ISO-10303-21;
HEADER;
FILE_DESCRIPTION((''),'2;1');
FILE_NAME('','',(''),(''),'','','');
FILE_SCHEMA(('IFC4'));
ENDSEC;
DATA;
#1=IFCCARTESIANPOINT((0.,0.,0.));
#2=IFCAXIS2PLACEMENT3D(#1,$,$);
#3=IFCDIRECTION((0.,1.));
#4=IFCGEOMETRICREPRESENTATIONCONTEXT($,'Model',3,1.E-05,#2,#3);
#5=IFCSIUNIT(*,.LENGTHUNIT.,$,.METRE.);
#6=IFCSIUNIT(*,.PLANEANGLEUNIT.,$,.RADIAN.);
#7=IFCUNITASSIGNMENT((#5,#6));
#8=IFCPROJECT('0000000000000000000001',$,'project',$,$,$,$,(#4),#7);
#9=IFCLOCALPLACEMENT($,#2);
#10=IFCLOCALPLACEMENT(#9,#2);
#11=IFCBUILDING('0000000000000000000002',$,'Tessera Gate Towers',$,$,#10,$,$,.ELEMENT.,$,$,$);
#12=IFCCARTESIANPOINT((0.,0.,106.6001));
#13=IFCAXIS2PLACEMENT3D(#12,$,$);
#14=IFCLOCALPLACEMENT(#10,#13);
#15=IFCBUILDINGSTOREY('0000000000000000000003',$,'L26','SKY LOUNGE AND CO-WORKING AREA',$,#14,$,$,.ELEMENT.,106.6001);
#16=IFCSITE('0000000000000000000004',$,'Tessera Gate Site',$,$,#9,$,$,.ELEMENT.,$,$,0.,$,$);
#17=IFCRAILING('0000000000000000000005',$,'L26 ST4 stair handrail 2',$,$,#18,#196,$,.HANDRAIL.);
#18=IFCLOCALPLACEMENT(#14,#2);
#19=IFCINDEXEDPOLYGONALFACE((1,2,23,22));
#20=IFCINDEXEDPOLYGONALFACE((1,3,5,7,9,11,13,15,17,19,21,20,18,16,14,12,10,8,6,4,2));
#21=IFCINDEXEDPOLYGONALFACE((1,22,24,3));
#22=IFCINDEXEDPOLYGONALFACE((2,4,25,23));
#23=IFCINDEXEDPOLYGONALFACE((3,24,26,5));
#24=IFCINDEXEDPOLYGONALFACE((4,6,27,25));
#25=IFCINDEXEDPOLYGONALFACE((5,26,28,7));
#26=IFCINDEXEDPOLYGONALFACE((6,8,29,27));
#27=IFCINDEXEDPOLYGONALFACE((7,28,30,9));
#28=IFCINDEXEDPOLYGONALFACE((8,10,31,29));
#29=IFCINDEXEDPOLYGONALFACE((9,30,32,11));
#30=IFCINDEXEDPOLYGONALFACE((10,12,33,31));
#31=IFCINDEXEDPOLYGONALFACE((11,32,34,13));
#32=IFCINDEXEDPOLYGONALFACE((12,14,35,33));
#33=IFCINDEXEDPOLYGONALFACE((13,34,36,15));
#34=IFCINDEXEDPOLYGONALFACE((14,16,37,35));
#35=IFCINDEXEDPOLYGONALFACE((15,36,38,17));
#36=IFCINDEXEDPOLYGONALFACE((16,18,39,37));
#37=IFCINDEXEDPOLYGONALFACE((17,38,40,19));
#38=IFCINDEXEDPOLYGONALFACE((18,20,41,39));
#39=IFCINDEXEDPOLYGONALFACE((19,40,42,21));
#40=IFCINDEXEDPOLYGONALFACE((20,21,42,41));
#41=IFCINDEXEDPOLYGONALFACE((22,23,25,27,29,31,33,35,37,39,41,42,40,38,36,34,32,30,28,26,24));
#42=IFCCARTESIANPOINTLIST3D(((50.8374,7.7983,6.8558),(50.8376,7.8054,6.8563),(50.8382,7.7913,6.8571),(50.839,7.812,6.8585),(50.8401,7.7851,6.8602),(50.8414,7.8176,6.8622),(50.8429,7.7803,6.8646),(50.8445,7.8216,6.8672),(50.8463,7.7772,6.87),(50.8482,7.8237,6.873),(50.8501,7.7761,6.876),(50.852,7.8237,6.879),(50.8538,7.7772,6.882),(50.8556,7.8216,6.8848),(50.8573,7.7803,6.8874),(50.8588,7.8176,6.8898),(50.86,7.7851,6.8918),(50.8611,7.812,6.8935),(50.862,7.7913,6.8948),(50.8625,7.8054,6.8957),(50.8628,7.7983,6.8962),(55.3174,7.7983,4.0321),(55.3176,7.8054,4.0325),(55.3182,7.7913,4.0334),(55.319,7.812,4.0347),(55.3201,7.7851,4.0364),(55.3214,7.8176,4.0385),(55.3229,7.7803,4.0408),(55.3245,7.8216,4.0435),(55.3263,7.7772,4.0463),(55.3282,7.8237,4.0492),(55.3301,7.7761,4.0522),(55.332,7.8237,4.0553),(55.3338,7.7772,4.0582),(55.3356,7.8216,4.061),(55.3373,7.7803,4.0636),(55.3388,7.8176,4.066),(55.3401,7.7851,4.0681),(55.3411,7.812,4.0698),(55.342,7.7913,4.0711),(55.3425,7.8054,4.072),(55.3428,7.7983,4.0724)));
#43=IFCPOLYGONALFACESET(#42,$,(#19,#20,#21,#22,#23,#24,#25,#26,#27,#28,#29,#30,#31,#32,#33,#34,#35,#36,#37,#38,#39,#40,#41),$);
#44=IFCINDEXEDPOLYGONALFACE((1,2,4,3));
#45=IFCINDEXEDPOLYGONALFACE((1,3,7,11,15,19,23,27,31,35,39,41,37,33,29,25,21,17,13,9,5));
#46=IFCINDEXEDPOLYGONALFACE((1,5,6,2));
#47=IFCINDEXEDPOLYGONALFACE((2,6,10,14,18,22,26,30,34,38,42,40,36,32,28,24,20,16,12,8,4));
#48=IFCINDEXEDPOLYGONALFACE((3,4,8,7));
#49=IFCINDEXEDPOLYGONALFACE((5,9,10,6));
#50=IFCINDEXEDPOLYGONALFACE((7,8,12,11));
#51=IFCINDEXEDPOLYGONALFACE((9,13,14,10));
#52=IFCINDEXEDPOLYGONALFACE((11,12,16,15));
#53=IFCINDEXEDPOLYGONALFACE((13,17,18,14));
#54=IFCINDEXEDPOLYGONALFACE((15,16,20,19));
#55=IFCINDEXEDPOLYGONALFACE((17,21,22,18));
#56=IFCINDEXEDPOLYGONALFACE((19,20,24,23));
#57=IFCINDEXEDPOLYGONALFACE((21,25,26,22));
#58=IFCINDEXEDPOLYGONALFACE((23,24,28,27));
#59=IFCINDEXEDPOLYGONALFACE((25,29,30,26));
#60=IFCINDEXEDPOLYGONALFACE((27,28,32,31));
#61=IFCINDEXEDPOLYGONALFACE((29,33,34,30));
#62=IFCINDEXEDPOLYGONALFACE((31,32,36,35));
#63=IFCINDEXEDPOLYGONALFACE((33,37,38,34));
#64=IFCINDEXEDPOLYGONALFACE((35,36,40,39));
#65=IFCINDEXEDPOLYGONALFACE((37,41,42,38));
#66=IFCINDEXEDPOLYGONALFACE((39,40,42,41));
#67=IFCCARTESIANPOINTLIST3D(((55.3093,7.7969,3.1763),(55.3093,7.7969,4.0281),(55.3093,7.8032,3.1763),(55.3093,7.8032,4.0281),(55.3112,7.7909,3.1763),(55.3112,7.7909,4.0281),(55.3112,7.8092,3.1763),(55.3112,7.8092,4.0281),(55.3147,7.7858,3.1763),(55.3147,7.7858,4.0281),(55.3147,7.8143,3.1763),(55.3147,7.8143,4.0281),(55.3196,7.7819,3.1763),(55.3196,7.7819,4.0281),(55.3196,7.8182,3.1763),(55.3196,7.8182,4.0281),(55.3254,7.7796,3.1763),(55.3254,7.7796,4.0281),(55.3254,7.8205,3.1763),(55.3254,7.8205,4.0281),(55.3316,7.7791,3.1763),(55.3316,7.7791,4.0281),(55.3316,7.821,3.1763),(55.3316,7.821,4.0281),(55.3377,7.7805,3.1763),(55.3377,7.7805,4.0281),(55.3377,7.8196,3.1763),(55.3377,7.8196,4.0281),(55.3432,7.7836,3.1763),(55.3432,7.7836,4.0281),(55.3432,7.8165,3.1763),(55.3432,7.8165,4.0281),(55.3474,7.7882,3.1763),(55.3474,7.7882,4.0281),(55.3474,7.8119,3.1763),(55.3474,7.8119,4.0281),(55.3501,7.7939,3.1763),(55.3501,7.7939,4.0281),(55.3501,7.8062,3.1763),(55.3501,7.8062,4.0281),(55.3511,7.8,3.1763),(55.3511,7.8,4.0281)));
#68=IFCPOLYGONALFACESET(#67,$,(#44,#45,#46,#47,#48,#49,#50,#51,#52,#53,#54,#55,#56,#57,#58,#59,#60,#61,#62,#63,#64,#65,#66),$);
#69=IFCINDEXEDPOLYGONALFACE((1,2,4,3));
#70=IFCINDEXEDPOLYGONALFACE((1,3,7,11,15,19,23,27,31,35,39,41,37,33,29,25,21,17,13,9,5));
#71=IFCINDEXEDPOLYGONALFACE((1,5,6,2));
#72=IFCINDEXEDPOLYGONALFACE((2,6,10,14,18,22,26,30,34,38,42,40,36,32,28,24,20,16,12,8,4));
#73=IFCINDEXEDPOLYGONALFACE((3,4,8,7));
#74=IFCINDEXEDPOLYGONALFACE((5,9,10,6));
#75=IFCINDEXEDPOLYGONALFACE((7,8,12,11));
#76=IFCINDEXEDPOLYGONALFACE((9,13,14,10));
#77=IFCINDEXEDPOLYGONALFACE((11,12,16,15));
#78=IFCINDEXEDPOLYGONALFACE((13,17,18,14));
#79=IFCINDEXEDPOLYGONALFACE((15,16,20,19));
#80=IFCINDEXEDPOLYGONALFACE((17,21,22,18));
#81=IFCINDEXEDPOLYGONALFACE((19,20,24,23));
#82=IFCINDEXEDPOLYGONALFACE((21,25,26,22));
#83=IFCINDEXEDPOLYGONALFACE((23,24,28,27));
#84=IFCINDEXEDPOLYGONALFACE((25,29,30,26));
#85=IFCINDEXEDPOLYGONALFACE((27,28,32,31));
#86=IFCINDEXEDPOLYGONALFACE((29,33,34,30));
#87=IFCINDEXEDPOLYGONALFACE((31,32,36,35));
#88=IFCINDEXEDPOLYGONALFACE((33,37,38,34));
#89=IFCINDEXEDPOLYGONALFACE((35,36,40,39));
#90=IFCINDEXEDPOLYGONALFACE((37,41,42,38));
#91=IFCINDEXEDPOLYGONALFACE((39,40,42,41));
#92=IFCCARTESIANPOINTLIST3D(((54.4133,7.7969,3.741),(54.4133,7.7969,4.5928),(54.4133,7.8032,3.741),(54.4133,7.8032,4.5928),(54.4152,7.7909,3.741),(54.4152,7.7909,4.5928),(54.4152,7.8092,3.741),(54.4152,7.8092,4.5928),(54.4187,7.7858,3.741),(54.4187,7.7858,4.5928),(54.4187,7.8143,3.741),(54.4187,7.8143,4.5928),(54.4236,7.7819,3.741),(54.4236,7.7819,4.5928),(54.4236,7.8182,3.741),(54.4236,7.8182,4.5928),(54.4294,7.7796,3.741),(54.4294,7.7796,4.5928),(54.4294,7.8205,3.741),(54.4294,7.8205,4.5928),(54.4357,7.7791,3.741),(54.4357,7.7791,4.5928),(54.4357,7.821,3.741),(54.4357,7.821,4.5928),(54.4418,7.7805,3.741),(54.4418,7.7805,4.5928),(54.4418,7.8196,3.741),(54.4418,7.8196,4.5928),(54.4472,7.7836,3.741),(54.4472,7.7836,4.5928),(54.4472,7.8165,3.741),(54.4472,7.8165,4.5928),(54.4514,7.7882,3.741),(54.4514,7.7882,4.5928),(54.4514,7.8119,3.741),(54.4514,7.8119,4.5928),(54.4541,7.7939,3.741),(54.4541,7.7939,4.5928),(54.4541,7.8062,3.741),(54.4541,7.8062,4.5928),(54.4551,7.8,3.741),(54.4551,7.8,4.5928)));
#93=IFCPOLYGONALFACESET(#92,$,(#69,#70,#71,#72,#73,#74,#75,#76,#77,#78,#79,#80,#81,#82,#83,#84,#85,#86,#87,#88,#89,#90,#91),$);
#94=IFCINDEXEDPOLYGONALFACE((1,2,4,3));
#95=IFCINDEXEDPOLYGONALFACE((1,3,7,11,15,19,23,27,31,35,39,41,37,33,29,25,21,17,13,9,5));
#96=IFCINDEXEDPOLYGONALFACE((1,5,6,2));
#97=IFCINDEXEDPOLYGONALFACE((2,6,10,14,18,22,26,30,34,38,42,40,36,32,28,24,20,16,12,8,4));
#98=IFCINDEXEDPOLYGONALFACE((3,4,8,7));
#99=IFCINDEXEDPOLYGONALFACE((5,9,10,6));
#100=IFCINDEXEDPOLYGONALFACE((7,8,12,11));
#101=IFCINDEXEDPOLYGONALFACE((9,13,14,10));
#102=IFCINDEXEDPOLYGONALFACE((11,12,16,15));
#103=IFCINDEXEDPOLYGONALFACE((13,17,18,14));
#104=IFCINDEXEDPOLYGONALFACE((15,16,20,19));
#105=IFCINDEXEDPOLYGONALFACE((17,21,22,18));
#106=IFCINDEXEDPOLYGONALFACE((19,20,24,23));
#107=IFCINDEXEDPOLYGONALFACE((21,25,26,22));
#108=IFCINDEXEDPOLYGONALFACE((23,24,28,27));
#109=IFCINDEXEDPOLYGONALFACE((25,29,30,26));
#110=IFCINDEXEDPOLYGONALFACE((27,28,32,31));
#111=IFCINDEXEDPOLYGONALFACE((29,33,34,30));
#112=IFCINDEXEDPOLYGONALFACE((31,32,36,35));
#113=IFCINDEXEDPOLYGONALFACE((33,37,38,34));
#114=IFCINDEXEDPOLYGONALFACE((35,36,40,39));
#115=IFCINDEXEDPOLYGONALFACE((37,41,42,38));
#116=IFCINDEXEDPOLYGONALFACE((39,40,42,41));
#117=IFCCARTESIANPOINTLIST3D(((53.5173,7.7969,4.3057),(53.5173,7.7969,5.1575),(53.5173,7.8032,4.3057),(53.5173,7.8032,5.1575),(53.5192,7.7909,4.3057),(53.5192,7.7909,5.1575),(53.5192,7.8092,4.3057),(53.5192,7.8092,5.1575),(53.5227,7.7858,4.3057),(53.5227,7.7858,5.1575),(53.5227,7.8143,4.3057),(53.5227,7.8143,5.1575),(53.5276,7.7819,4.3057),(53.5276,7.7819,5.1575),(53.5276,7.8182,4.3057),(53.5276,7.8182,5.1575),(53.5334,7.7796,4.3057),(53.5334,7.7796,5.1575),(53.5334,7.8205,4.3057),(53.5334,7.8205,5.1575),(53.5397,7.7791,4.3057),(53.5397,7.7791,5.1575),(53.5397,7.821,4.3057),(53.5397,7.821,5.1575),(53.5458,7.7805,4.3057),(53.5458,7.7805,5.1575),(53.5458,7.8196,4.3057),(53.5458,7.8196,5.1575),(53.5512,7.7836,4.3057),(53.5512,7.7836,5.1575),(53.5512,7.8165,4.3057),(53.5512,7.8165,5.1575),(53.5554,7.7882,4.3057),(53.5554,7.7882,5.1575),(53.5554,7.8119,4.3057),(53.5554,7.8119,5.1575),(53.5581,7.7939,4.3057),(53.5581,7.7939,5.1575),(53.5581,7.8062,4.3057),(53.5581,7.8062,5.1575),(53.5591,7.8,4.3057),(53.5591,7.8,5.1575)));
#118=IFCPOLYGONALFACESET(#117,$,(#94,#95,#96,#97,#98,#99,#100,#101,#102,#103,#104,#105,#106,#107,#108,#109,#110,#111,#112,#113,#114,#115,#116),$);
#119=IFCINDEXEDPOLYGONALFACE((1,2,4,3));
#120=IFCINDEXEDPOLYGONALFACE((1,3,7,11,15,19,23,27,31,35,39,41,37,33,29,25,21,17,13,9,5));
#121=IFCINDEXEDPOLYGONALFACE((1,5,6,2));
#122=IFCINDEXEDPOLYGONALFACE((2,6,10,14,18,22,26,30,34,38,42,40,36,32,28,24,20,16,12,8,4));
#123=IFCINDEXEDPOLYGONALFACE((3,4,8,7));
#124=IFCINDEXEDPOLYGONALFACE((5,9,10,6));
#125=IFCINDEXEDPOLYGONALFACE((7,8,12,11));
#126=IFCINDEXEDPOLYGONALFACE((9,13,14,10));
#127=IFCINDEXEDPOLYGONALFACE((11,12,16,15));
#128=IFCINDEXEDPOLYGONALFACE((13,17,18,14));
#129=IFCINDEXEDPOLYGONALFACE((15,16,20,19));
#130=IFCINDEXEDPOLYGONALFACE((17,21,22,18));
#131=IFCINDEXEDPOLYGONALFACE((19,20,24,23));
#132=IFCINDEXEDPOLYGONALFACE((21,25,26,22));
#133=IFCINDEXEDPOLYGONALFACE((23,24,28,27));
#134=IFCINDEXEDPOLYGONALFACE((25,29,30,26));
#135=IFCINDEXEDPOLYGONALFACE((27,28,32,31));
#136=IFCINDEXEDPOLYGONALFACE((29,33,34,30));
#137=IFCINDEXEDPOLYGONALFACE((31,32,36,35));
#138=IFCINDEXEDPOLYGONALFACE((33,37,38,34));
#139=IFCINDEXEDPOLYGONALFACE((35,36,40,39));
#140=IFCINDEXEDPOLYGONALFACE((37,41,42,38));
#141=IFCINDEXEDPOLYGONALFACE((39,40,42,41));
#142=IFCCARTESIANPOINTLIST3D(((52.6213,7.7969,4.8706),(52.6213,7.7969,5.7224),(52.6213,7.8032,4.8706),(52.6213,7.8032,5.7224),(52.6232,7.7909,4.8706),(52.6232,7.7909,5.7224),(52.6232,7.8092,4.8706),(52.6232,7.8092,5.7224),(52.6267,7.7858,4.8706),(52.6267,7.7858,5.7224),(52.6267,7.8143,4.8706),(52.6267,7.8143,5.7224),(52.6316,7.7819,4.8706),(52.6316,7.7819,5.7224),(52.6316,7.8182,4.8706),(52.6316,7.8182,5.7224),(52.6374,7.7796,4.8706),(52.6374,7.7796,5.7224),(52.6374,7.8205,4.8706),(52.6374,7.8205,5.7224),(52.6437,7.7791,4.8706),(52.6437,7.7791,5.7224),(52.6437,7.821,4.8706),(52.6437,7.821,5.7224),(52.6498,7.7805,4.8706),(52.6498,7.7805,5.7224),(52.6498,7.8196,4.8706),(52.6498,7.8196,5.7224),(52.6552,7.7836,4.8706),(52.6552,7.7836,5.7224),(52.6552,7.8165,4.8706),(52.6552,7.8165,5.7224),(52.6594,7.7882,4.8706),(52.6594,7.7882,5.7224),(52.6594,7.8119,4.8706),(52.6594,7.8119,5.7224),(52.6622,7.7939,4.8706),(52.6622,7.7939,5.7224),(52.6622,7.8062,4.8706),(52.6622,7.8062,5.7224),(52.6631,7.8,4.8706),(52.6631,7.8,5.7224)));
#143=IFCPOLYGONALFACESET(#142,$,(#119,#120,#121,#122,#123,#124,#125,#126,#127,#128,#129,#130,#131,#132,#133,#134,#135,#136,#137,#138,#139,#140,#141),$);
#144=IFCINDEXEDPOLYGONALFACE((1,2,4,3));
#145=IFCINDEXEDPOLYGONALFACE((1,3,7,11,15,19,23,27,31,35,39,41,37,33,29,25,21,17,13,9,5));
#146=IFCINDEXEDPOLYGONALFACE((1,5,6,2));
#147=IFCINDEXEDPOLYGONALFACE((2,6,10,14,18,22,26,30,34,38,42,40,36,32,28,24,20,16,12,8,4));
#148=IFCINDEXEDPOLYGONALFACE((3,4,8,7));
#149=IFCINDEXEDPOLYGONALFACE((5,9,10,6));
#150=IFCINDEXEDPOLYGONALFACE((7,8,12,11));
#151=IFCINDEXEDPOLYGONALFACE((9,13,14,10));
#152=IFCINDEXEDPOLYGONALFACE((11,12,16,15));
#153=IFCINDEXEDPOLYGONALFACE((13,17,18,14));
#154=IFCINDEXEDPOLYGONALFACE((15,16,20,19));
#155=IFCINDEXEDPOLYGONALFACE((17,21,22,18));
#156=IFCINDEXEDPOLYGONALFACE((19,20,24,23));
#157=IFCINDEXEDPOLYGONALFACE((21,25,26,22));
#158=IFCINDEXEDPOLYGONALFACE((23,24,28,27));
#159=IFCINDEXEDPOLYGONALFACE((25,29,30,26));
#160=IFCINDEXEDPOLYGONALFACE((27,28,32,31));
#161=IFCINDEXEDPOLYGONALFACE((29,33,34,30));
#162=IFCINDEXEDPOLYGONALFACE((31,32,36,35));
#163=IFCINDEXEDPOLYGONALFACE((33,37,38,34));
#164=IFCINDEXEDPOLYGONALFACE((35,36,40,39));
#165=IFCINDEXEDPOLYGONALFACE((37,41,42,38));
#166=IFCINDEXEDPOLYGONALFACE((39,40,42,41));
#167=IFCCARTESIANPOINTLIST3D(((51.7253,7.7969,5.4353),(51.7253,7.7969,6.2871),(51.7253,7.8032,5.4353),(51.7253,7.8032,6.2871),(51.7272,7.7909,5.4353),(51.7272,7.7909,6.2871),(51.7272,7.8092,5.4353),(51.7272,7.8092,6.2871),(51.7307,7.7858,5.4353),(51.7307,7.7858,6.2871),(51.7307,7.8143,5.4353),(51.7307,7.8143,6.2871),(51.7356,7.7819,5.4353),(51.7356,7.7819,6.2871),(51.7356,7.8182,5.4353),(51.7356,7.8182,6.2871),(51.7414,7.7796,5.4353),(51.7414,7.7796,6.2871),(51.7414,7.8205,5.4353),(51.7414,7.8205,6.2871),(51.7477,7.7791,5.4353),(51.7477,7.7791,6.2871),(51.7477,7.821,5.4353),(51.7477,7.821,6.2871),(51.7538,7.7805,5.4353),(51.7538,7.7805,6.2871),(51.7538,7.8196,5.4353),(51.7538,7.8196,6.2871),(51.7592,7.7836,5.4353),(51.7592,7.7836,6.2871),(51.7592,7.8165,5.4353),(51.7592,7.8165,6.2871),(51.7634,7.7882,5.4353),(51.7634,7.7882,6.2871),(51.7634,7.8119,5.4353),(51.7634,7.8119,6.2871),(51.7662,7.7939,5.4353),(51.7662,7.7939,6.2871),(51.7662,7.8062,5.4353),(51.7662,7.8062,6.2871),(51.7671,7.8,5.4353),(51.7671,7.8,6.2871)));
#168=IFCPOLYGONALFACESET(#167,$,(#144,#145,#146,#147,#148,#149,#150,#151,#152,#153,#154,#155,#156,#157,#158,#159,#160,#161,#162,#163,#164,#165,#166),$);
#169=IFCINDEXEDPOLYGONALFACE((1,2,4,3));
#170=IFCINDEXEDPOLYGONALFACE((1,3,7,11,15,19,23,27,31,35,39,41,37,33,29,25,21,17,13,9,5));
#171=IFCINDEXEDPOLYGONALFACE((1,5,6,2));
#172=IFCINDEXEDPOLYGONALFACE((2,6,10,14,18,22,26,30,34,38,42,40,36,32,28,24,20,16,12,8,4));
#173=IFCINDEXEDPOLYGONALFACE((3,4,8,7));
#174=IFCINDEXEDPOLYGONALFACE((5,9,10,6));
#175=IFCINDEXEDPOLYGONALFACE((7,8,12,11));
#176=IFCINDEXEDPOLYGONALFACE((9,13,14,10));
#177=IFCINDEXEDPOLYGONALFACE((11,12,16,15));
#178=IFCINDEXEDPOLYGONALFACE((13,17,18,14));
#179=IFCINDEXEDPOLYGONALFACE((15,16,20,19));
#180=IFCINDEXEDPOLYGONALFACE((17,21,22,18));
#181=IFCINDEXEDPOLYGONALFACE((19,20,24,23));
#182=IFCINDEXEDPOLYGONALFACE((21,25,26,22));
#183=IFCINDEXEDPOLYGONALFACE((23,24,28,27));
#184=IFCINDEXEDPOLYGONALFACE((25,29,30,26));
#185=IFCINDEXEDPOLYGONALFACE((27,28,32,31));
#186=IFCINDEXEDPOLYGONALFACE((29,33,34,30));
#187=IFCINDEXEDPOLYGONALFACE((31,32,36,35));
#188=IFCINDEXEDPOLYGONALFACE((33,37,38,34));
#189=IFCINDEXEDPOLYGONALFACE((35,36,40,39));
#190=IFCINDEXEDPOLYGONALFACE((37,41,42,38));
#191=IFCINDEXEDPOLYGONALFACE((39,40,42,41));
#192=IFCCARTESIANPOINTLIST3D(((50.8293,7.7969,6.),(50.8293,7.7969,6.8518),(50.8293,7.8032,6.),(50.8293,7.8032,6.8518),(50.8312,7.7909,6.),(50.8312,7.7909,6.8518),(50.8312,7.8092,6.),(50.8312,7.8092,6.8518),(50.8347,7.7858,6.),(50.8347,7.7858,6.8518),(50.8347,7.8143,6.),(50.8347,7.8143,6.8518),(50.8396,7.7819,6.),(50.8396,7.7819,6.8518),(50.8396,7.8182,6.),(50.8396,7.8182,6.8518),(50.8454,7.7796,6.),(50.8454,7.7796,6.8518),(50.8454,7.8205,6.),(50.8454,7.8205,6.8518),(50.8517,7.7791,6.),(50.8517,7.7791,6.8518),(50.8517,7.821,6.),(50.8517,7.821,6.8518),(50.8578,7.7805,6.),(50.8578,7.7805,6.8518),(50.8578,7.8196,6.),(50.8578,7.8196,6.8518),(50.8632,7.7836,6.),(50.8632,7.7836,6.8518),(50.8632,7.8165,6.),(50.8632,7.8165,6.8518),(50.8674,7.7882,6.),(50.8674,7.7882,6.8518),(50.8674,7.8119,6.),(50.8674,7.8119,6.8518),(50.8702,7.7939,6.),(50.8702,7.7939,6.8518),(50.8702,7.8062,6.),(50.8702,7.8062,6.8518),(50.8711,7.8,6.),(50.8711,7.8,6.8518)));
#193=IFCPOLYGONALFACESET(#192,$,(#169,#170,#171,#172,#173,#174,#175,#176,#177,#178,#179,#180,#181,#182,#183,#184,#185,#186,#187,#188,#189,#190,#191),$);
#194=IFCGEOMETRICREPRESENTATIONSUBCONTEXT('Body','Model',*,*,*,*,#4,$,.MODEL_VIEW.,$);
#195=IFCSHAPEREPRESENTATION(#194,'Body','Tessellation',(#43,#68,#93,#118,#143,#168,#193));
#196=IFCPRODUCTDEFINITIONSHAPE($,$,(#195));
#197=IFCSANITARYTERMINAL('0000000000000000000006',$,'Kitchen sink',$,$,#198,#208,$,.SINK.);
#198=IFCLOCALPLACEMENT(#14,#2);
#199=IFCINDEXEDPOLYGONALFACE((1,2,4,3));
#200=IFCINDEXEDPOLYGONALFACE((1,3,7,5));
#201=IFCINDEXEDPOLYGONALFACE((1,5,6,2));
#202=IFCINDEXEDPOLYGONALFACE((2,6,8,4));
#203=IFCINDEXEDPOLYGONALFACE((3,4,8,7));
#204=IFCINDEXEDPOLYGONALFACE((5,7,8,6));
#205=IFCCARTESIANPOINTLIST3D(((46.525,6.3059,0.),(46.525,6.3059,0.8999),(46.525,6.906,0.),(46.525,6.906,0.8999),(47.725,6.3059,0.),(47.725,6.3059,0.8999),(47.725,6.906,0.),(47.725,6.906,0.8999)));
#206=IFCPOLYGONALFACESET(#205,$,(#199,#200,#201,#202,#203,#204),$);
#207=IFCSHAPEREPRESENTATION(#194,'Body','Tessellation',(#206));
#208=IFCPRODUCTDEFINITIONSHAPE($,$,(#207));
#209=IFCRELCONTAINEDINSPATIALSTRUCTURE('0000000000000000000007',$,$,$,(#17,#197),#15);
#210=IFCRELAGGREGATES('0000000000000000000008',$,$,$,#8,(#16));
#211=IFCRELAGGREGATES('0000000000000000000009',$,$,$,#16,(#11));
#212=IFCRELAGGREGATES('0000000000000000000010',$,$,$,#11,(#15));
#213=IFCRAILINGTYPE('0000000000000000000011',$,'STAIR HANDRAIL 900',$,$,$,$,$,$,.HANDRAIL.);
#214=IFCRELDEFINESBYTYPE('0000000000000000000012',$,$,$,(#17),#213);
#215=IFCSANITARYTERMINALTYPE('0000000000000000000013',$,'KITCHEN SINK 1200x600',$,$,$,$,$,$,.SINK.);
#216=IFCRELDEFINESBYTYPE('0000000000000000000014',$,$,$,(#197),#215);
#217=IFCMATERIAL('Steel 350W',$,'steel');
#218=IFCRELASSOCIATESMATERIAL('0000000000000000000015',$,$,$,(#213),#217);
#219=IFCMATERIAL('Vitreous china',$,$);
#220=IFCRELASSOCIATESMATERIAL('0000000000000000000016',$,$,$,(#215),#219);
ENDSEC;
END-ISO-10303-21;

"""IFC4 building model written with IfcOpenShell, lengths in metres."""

from ifc_helpers import new_model, si_unit, direction, frame, origin, origin_2d, place, context, subcontext, project, spatial, rectangle, circle, extrude, material, type_object, element, save


model = new_model("IFC4")

# Units and contexts
model_context = context("Model", 3, precision=1e-05, world=origin(), true_north=direction((0.0, 1.0)))
body_context = subcontext(model_context, "Body", "Model", "MODEL_VIEW")
ifc_project = project(units=[si_unit("LENGTHUNIT", "METRE"), si_unit("PLANEANGLEUNIT", "RADIAN")], contexts=[model_context])

# Site, building, storey
site_placement = place(None, origin())
site = spatial("IfcSite", under=ifc_project, at=site_placement, Name="Tessera Gate Site", CompositionType="ELEMENT", RefElevation=0.0)
building_placement = place(site_placement, origin())
building = spatial("IfcBuilding", under=site, at=building_placement, Name="Tessera Gate Towers", CompositionType="ELEMENT")
storey_placement = place(building_placement, frame((0.0, 0.0, 106.6001)))
storey = spatial("IfcBuildingStorey", under=building, at=storey_placement, Name="L26", Description="SKY LOUNGE AND CO-WORKING AREA", CompositionType="ELEMENT", Elevation=106.6001)

# Railing
ifc_material_1 = material(Name="Steel 350W", Category="steel")
railing_type = type_object("IfcRailingType", Name="STAIR HANDRAIL 900", PredefinedType="HANDRAIL", material=ifc_material_1)
railing_placement = place(storey_placement, frame((55.3301, 7.8, 3.1763)))
element("IfcRailing", 1, at=railing_placement, inside=storey, type_object=railing_type, Name="L26 ST4 stair handrail 2", PredefinedType="HANDRAIL", context=body_context, shape_type="SweptSolid", body=[
    extrude(circle(Radius=0.0239, at=origin_2d()), frame((0.0, 0.0, 0.876), z_axis=(-0.845977, 0.0, 0.533219), x_axis=(0.0, -1.0, 0.0)), (0.0, 0.0, 1.0), 5.2957),
    extrude(circle(Radius=0.021, at=origin_2d()), origin(), (0.0, 0.0, 1.0), 0.8518),
    extrude(circle(Radius=0.021, at=origin_2d()), frame((-0.896, 0.0, 0.5647)), (0.0, 0.0, 1.0), 0.8518),
    extrude(circle(Radius=0.021, at=origin_2d()), frame((-1.792, 0.0, 1.1294)), (0.0, 0.0, 1.0), 0.8518),
    extrude(circle(Radius=0.021, at=origin_2d()), frame((-2.688, 0.0, 1.6943)), (0.0, 0.0, 1.0), 0.8518),
    extrude(circle(Radius=0.021, at=origin_2d()), frame((-3.584, 0.0, 2.259)), (0.0, 0.0, 1.0), 0.8518),
    extrude(circle(Radius=0.021, at=origin_2d()), frame((-4.48, 0.0, 2.8237)), (0.0, 0.0, 1.0), 0.8518),
])

# Sanitary terminal
ifc_material_2 = material(Name="Vitreous china")
sanitary_terminal_type = type_object("IfcSanitaryTerminalType", Name="KITCHEN SINK 1200x600", PredefinedType="SINK", material=ifc_material_2)
sanitary_terminal_placement = place(storey_placement, frame((47.125, 6.606, 0.0), z_axis=(0.0, 0.0, 1.0), x_axis=(1.0, 0.0, 0.0)))
element("IfcSanitaryTerminal", 2, at=sanitary_terminal_placement, inside=storey, type_object=sanitary_terminal_type, Name="Kitchen sink", PredefinedType="SINK", context=body_context, shape_type="SweptSolid", body=[
    extrude(rectangle(XDim=1.2, YDim=0.6001, at=origin_2d()), origin(), (0.0, 0.0, 1.0), 0.8999),
])

save(model, "model.ifc")
